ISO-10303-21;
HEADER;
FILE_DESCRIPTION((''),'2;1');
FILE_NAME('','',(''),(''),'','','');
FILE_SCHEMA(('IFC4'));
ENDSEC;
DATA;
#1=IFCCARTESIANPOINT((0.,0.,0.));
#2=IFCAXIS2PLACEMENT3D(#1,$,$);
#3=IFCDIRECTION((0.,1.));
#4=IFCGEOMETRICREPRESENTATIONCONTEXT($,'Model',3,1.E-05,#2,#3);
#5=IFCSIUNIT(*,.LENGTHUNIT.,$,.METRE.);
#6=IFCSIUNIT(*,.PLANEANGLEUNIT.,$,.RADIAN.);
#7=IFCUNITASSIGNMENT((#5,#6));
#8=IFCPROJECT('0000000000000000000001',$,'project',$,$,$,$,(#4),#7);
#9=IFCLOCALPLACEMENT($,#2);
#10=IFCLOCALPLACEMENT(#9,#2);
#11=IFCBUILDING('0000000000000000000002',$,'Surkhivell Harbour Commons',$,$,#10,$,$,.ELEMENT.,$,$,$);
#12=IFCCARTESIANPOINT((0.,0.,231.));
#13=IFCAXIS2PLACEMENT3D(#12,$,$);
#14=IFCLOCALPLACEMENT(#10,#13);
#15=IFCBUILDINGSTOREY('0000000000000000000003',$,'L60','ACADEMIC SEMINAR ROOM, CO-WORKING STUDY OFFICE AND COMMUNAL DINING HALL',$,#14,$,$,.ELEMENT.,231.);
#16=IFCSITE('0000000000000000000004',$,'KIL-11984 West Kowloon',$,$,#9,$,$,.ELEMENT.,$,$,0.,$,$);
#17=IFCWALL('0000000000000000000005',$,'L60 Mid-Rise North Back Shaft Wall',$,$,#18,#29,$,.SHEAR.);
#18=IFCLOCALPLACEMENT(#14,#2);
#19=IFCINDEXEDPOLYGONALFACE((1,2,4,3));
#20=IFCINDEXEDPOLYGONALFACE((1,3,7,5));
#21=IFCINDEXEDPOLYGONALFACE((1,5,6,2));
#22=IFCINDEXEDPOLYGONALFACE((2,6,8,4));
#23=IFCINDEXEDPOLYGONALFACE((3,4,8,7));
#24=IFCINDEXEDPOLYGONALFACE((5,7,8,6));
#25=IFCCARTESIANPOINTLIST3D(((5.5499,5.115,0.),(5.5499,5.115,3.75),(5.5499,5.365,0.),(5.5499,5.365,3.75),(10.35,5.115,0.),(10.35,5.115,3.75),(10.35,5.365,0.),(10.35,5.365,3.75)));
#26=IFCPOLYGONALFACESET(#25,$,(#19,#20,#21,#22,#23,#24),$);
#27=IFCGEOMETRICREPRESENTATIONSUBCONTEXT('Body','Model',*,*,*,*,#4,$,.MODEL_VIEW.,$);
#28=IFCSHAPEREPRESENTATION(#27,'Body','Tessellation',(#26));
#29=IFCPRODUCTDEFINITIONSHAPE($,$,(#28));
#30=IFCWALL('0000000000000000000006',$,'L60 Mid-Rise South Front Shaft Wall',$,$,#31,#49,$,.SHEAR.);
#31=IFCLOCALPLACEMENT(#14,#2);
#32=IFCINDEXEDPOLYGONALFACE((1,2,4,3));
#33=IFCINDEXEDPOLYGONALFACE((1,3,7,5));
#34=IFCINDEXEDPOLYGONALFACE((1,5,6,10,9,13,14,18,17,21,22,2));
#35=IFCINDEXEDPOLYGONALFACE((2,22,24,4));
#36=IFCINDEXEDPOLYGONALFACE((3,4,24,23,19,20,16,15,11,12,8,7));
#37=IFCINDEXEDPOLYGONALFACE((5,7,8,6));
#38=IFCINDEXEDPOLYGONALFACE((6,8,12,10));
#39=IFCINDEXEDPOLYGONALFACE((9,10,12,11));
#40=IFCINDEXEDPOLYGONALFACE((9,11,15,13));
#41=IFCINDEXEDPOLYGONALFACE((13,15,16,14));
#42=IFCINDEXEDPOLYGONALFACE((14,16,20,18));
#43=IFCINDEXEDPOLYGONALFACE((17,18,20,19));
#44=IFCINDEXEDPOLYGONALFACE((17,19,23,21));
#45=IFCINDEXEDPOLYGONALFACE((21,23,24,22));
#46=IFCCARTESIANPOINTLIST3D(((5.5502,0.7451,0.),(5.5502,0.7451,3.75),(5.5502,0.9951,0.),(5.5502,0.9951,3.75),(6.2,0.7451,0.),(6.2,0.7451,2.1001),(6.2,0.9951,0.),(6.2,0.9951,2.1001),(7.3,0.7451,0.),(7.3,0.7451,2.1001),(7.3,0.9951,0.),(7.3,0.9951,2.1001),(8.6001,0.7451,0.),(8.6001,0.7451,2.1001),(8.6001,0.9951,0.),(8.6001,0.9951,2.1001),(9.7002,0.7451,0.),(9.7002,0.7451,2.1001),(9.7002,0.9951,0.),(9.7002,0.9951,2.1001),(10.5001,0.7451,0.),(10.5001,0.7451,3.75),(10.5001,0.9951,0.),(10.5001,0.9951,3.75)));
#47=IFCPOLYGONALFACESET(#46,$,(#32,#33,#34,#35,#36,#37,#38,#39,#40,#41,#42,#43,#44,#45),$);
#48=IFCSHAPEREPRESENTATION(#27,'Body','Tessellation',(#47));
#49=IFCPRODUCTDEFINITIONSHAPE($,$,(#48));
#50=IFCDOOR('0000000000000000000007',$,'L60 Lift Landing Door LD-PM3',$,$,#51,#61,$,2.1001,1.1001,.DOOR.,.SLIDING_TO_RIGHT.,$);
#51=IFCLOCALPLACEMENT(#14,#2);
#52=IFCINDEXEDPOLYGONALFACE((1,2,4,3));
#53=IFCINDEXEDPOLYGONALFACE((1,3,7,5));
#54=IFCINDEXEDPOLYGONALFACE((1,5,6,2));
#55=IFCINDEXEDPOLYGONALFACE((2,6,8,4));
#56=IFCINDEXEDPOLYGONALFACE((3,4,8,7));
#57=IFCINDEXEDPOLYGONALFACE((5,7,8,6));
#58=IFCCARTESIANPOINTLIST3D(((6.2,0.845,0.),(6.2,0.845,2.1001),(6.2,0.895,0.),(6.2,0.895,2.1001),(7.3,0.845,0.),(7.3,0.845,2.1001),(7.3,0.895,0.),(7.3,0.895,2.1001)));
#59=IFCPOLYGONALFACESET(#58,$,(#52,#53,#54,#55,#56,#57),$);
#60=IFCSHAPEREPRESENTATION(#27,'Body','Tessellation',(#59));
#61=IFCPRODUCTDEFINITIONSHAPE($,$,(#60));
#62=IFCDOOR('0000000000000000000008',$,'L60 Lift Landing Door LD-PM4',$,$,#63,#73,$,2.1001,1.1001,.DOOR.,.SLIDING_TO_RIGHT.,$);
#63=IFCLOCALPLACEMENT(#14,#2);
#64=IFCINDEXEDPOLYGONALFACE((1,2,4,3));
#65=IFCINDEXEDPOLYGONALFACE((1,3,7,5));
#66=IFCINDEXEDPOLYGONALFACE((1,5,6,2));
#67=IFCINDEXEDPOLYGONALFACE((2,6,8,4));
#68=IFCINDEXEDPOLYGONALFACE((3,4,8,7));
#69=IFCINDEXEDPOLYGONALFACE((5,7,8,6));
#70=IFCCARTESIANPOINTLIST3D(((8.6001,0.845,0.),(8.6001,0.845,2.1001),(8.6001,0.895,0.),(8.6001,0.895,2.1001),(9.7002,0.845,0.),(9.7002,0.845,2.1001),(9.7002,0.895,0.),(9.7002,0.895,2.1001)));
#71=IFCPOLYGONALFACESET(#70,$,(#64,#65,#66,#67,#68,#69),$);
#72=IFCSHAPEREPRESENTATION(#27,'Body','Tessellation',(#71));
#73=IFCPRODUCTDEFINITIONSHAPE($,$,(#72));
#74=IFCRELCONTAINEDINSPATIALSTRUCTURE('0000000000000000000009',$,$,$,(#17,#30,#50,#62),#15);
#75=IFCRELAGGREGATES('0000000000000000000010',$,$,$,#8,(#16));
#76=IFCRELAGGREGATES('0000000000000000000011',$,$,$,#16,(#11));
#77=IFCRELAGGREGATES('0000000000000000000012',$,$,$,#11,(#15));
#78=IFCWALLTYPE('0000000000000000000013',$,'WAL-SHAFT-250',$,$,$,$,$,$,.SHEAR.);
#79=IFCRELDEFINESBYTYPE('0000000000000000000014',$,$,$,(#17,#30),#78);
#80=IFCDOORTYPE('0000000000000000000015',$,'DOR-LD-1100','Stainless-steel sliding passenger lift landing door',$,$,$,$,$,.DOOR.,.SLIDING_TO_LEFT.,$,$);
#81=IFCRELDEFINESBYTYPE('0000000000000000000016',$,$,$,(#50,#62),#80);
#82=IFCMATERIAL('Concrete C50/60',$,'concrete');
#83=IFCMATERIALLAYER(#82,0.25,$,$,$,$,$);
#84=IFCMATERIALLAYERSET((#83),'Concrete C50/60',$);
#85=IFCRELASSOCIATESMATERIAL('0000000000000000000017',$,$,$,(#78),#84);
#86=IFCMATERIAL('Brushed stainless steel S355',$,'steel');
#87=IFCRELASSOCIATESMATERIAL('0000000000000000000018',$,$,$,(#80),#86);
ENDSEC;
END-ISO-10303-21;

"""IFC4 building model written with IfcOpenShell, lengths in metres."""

from ifc_helpers import new_model, si_unit, direction, frame, frame_2d, origin, place, context, subcontext, project, spatial, rectangle, extrude, material, layer, layer_set, type_object, element, fill, save


model = new_model("IFC4")

# Units and contexts
model_context = context("Model", 3, precision=1e-05, world=origin(), true_north=direction((0.0, 1.0)))
body_context = subcontext(model_context, "Body", "Model", "MODEL_VIEW")
ifc_project = project(units=[si_unit("LENGTHUNIT", "METRE"), si_unit("PLANEANGLEUNIT", "RADIAN")], contexts=[model_context])

# Site, building, storey
site_placement = place(None, origin())
site = spatial("IfcSite", under=ifc_project, at=site_placement, Name="KIL-11984 West Kowloon", CompositionType="ELEMENT", RefElevation=0.0)
building_placement = place(site_placement, origin())
building = spatial("IfcBuilding", under=site, at=building_placement, Name="Surkhivell Harbour Commons", CompositionType="ELEMENT")
storey_placement = place(building_placement, frame((0.0, 0.0, 231.0)))
storey = spatial("IfcBuildingStorey", under=building, at=storey_placement, Name="L60", Description="ACADEMIC SEMINAR ROOM, CO-WORKING STUDY OFFICE AND COMMUNAL DINING HALL", CompositionType="ELEMENT", Elevation=231.0)

# Shared definitions
ifc_material_1 = material(Name="Concrete C50/60", Category="concrete")
ifc_layer_1 = layer(ifc_material_1, 0.25)
ifc_layer_set_1 = layer_set([ifc_layer_1], Name="Concrete C50/60")
wall_type_1 = type_object("IfcWallType", Name="WAL-SHAFT-250", PredefinedType="SHEAR", material=ifc_layer_set_1)

# Shared definitions
ifc_material_2 = material(Name="Brushed stainless steel S355", Category="steel")
door_type = type_object("IfcDoorType", Name="DOR-LD-1100", Description="Stainless-steel sliding passenger lift landing door", OperationType="SLIDING_TO_LEFT", PredefinedType="DOOR", material=ifc_material_2)

# Wall
wall_1_placement = place(storey_placement, frame((5.55, 5.24, 0.0), z_axis=(0.0, 0.0, 1.0), x_axis=(1.0, 0.0, 0.0)))
element("IfcWall", 1, at=wall_1_placement, inside=storey, type_object=wall_type_1, Name="L60 Mid-Rise North Back Shaft Wall", PredefinedType="SHEAR", context=body_context, shape_type="SweptSolid", body=[
    extrude(rectangle(XDim=4.8, YDim=0.25, at=frame_2d((2.3999, 0.0))), origin(), (0.0, 0.0, 1.0), 3.75),
])

# Wall, openings, doors
wall_2_placement = place(storey_placement, frame((5.55, 0.8701, 0.0), z_axis=(0.0, 0.0, 1.0), x_axis=(1.0, 0.0, 0.0)))
wall_2 = element("IfcWall", 2, at=wall_2_placement, inside=storey, type_object=wall_type_1, Name="L60 Mid-Rise South Front Shaft Wall", PredefinedType="SHEAR", context=body_context, shape_type="SweptSolid", body=[
    extrude(rectangle(XDim=4.95, YDim=0.25, at=frame_2d((2.4751, 0.0))), origin(), (0.0, 0.0, 1.0), 3.75),
])
opening_1_placement = place(wall_2_placement, frame((0.6499, 0.0, 0.0)))
opening_1 = element("IfcOpeningElement", 3, at=opening_1_placement, cuts=wall_2, PredefinedType="OPENING", context=body_context, shape_type="SweptSolid", body=[
    extrude(rectangle(XDim=1.1001, YDim=2.1001, at=frame_2d((0.55, 1.05))), frame((0.0, 0.135, 0.0), z_axis=(0.0, -1.0, 0.0), x_axis=(1.0, 0.0, 0.0)), (0.0, 0.0, 1.0), 0.27),
])
opening_2_placement = place(wall_2_placement, frame((3.05, 0.0, 0.0)))
opening_2 = element("IfcOpeningElement", 4, at=opening_2_placement, cuts=wall_2, PredefinedType="OPENING", context=body_context, shape_type="SweptSolid", body=[
    extrude(rectangle(XDim=1.1001, YDim=2.1001, at=frame_2d((0.55, 1.05))), frame((0.0, 0.135, 0.0), z_axis=(0.0, -1.0, 0.0), x_axis=(1.0, 0.0, 0.0)), (0.0, 0.0, 1.0), 0.27),
])
door_1_placement = place(opening_1_placement, origin())
door_1 = element("IfcDoor", 5, at=door_1_placement, inside=storey, type_object=door_type, Name="L60 Lift Landing Door LD-PM3", OperationType="SLIDING_TO_RIGHT", OverallHeight=2.1001, OverallWidth=1.1001, PredefinedType="DOOR", context=body_context, shape_type="SweptSolid", body=[
    extrude(rectangle(XDim=1.1001, YDim=2.1001, at=frame_2d((0.55, 1.05))), frame((0.0, 0.0249, 0.0), z_axis=(0.0, -1.0, 0.0), x_axis=(1.0, 0.0, 0.0)), (0.0, 0.0, 1.0), 0.05),
])
fill(opening_1, door_1)
door_2_placement = place(opening_2_placement, origin())
door_2 = element("IfcDoor", 6, at=door_2_placement, inside=storey, type_object=door_type, Name="L60 Lift Landing Door LD-PM4", OperationType="SLIDING_TO_RIGHT", OverallHeight=2.1001, OverallWidth=1.1001, PredefinedType="DOOR", context=body_context, shape_type="SweptSolid", body=[
    extrude(rectangle(XDim=1.1001, YDim=2.1001, at=frame_2d((0.55, 1.05))), frame((0.0, 0.0249, 0.0), z_axis=(0.0, -1.0, 0.0), x_axis=(1.0, 0.0, 0.0)), (0.0, 0.0, 1.0), 0.05),
])
fill(opening_2, door_2)

save(model, "model.ifc")
